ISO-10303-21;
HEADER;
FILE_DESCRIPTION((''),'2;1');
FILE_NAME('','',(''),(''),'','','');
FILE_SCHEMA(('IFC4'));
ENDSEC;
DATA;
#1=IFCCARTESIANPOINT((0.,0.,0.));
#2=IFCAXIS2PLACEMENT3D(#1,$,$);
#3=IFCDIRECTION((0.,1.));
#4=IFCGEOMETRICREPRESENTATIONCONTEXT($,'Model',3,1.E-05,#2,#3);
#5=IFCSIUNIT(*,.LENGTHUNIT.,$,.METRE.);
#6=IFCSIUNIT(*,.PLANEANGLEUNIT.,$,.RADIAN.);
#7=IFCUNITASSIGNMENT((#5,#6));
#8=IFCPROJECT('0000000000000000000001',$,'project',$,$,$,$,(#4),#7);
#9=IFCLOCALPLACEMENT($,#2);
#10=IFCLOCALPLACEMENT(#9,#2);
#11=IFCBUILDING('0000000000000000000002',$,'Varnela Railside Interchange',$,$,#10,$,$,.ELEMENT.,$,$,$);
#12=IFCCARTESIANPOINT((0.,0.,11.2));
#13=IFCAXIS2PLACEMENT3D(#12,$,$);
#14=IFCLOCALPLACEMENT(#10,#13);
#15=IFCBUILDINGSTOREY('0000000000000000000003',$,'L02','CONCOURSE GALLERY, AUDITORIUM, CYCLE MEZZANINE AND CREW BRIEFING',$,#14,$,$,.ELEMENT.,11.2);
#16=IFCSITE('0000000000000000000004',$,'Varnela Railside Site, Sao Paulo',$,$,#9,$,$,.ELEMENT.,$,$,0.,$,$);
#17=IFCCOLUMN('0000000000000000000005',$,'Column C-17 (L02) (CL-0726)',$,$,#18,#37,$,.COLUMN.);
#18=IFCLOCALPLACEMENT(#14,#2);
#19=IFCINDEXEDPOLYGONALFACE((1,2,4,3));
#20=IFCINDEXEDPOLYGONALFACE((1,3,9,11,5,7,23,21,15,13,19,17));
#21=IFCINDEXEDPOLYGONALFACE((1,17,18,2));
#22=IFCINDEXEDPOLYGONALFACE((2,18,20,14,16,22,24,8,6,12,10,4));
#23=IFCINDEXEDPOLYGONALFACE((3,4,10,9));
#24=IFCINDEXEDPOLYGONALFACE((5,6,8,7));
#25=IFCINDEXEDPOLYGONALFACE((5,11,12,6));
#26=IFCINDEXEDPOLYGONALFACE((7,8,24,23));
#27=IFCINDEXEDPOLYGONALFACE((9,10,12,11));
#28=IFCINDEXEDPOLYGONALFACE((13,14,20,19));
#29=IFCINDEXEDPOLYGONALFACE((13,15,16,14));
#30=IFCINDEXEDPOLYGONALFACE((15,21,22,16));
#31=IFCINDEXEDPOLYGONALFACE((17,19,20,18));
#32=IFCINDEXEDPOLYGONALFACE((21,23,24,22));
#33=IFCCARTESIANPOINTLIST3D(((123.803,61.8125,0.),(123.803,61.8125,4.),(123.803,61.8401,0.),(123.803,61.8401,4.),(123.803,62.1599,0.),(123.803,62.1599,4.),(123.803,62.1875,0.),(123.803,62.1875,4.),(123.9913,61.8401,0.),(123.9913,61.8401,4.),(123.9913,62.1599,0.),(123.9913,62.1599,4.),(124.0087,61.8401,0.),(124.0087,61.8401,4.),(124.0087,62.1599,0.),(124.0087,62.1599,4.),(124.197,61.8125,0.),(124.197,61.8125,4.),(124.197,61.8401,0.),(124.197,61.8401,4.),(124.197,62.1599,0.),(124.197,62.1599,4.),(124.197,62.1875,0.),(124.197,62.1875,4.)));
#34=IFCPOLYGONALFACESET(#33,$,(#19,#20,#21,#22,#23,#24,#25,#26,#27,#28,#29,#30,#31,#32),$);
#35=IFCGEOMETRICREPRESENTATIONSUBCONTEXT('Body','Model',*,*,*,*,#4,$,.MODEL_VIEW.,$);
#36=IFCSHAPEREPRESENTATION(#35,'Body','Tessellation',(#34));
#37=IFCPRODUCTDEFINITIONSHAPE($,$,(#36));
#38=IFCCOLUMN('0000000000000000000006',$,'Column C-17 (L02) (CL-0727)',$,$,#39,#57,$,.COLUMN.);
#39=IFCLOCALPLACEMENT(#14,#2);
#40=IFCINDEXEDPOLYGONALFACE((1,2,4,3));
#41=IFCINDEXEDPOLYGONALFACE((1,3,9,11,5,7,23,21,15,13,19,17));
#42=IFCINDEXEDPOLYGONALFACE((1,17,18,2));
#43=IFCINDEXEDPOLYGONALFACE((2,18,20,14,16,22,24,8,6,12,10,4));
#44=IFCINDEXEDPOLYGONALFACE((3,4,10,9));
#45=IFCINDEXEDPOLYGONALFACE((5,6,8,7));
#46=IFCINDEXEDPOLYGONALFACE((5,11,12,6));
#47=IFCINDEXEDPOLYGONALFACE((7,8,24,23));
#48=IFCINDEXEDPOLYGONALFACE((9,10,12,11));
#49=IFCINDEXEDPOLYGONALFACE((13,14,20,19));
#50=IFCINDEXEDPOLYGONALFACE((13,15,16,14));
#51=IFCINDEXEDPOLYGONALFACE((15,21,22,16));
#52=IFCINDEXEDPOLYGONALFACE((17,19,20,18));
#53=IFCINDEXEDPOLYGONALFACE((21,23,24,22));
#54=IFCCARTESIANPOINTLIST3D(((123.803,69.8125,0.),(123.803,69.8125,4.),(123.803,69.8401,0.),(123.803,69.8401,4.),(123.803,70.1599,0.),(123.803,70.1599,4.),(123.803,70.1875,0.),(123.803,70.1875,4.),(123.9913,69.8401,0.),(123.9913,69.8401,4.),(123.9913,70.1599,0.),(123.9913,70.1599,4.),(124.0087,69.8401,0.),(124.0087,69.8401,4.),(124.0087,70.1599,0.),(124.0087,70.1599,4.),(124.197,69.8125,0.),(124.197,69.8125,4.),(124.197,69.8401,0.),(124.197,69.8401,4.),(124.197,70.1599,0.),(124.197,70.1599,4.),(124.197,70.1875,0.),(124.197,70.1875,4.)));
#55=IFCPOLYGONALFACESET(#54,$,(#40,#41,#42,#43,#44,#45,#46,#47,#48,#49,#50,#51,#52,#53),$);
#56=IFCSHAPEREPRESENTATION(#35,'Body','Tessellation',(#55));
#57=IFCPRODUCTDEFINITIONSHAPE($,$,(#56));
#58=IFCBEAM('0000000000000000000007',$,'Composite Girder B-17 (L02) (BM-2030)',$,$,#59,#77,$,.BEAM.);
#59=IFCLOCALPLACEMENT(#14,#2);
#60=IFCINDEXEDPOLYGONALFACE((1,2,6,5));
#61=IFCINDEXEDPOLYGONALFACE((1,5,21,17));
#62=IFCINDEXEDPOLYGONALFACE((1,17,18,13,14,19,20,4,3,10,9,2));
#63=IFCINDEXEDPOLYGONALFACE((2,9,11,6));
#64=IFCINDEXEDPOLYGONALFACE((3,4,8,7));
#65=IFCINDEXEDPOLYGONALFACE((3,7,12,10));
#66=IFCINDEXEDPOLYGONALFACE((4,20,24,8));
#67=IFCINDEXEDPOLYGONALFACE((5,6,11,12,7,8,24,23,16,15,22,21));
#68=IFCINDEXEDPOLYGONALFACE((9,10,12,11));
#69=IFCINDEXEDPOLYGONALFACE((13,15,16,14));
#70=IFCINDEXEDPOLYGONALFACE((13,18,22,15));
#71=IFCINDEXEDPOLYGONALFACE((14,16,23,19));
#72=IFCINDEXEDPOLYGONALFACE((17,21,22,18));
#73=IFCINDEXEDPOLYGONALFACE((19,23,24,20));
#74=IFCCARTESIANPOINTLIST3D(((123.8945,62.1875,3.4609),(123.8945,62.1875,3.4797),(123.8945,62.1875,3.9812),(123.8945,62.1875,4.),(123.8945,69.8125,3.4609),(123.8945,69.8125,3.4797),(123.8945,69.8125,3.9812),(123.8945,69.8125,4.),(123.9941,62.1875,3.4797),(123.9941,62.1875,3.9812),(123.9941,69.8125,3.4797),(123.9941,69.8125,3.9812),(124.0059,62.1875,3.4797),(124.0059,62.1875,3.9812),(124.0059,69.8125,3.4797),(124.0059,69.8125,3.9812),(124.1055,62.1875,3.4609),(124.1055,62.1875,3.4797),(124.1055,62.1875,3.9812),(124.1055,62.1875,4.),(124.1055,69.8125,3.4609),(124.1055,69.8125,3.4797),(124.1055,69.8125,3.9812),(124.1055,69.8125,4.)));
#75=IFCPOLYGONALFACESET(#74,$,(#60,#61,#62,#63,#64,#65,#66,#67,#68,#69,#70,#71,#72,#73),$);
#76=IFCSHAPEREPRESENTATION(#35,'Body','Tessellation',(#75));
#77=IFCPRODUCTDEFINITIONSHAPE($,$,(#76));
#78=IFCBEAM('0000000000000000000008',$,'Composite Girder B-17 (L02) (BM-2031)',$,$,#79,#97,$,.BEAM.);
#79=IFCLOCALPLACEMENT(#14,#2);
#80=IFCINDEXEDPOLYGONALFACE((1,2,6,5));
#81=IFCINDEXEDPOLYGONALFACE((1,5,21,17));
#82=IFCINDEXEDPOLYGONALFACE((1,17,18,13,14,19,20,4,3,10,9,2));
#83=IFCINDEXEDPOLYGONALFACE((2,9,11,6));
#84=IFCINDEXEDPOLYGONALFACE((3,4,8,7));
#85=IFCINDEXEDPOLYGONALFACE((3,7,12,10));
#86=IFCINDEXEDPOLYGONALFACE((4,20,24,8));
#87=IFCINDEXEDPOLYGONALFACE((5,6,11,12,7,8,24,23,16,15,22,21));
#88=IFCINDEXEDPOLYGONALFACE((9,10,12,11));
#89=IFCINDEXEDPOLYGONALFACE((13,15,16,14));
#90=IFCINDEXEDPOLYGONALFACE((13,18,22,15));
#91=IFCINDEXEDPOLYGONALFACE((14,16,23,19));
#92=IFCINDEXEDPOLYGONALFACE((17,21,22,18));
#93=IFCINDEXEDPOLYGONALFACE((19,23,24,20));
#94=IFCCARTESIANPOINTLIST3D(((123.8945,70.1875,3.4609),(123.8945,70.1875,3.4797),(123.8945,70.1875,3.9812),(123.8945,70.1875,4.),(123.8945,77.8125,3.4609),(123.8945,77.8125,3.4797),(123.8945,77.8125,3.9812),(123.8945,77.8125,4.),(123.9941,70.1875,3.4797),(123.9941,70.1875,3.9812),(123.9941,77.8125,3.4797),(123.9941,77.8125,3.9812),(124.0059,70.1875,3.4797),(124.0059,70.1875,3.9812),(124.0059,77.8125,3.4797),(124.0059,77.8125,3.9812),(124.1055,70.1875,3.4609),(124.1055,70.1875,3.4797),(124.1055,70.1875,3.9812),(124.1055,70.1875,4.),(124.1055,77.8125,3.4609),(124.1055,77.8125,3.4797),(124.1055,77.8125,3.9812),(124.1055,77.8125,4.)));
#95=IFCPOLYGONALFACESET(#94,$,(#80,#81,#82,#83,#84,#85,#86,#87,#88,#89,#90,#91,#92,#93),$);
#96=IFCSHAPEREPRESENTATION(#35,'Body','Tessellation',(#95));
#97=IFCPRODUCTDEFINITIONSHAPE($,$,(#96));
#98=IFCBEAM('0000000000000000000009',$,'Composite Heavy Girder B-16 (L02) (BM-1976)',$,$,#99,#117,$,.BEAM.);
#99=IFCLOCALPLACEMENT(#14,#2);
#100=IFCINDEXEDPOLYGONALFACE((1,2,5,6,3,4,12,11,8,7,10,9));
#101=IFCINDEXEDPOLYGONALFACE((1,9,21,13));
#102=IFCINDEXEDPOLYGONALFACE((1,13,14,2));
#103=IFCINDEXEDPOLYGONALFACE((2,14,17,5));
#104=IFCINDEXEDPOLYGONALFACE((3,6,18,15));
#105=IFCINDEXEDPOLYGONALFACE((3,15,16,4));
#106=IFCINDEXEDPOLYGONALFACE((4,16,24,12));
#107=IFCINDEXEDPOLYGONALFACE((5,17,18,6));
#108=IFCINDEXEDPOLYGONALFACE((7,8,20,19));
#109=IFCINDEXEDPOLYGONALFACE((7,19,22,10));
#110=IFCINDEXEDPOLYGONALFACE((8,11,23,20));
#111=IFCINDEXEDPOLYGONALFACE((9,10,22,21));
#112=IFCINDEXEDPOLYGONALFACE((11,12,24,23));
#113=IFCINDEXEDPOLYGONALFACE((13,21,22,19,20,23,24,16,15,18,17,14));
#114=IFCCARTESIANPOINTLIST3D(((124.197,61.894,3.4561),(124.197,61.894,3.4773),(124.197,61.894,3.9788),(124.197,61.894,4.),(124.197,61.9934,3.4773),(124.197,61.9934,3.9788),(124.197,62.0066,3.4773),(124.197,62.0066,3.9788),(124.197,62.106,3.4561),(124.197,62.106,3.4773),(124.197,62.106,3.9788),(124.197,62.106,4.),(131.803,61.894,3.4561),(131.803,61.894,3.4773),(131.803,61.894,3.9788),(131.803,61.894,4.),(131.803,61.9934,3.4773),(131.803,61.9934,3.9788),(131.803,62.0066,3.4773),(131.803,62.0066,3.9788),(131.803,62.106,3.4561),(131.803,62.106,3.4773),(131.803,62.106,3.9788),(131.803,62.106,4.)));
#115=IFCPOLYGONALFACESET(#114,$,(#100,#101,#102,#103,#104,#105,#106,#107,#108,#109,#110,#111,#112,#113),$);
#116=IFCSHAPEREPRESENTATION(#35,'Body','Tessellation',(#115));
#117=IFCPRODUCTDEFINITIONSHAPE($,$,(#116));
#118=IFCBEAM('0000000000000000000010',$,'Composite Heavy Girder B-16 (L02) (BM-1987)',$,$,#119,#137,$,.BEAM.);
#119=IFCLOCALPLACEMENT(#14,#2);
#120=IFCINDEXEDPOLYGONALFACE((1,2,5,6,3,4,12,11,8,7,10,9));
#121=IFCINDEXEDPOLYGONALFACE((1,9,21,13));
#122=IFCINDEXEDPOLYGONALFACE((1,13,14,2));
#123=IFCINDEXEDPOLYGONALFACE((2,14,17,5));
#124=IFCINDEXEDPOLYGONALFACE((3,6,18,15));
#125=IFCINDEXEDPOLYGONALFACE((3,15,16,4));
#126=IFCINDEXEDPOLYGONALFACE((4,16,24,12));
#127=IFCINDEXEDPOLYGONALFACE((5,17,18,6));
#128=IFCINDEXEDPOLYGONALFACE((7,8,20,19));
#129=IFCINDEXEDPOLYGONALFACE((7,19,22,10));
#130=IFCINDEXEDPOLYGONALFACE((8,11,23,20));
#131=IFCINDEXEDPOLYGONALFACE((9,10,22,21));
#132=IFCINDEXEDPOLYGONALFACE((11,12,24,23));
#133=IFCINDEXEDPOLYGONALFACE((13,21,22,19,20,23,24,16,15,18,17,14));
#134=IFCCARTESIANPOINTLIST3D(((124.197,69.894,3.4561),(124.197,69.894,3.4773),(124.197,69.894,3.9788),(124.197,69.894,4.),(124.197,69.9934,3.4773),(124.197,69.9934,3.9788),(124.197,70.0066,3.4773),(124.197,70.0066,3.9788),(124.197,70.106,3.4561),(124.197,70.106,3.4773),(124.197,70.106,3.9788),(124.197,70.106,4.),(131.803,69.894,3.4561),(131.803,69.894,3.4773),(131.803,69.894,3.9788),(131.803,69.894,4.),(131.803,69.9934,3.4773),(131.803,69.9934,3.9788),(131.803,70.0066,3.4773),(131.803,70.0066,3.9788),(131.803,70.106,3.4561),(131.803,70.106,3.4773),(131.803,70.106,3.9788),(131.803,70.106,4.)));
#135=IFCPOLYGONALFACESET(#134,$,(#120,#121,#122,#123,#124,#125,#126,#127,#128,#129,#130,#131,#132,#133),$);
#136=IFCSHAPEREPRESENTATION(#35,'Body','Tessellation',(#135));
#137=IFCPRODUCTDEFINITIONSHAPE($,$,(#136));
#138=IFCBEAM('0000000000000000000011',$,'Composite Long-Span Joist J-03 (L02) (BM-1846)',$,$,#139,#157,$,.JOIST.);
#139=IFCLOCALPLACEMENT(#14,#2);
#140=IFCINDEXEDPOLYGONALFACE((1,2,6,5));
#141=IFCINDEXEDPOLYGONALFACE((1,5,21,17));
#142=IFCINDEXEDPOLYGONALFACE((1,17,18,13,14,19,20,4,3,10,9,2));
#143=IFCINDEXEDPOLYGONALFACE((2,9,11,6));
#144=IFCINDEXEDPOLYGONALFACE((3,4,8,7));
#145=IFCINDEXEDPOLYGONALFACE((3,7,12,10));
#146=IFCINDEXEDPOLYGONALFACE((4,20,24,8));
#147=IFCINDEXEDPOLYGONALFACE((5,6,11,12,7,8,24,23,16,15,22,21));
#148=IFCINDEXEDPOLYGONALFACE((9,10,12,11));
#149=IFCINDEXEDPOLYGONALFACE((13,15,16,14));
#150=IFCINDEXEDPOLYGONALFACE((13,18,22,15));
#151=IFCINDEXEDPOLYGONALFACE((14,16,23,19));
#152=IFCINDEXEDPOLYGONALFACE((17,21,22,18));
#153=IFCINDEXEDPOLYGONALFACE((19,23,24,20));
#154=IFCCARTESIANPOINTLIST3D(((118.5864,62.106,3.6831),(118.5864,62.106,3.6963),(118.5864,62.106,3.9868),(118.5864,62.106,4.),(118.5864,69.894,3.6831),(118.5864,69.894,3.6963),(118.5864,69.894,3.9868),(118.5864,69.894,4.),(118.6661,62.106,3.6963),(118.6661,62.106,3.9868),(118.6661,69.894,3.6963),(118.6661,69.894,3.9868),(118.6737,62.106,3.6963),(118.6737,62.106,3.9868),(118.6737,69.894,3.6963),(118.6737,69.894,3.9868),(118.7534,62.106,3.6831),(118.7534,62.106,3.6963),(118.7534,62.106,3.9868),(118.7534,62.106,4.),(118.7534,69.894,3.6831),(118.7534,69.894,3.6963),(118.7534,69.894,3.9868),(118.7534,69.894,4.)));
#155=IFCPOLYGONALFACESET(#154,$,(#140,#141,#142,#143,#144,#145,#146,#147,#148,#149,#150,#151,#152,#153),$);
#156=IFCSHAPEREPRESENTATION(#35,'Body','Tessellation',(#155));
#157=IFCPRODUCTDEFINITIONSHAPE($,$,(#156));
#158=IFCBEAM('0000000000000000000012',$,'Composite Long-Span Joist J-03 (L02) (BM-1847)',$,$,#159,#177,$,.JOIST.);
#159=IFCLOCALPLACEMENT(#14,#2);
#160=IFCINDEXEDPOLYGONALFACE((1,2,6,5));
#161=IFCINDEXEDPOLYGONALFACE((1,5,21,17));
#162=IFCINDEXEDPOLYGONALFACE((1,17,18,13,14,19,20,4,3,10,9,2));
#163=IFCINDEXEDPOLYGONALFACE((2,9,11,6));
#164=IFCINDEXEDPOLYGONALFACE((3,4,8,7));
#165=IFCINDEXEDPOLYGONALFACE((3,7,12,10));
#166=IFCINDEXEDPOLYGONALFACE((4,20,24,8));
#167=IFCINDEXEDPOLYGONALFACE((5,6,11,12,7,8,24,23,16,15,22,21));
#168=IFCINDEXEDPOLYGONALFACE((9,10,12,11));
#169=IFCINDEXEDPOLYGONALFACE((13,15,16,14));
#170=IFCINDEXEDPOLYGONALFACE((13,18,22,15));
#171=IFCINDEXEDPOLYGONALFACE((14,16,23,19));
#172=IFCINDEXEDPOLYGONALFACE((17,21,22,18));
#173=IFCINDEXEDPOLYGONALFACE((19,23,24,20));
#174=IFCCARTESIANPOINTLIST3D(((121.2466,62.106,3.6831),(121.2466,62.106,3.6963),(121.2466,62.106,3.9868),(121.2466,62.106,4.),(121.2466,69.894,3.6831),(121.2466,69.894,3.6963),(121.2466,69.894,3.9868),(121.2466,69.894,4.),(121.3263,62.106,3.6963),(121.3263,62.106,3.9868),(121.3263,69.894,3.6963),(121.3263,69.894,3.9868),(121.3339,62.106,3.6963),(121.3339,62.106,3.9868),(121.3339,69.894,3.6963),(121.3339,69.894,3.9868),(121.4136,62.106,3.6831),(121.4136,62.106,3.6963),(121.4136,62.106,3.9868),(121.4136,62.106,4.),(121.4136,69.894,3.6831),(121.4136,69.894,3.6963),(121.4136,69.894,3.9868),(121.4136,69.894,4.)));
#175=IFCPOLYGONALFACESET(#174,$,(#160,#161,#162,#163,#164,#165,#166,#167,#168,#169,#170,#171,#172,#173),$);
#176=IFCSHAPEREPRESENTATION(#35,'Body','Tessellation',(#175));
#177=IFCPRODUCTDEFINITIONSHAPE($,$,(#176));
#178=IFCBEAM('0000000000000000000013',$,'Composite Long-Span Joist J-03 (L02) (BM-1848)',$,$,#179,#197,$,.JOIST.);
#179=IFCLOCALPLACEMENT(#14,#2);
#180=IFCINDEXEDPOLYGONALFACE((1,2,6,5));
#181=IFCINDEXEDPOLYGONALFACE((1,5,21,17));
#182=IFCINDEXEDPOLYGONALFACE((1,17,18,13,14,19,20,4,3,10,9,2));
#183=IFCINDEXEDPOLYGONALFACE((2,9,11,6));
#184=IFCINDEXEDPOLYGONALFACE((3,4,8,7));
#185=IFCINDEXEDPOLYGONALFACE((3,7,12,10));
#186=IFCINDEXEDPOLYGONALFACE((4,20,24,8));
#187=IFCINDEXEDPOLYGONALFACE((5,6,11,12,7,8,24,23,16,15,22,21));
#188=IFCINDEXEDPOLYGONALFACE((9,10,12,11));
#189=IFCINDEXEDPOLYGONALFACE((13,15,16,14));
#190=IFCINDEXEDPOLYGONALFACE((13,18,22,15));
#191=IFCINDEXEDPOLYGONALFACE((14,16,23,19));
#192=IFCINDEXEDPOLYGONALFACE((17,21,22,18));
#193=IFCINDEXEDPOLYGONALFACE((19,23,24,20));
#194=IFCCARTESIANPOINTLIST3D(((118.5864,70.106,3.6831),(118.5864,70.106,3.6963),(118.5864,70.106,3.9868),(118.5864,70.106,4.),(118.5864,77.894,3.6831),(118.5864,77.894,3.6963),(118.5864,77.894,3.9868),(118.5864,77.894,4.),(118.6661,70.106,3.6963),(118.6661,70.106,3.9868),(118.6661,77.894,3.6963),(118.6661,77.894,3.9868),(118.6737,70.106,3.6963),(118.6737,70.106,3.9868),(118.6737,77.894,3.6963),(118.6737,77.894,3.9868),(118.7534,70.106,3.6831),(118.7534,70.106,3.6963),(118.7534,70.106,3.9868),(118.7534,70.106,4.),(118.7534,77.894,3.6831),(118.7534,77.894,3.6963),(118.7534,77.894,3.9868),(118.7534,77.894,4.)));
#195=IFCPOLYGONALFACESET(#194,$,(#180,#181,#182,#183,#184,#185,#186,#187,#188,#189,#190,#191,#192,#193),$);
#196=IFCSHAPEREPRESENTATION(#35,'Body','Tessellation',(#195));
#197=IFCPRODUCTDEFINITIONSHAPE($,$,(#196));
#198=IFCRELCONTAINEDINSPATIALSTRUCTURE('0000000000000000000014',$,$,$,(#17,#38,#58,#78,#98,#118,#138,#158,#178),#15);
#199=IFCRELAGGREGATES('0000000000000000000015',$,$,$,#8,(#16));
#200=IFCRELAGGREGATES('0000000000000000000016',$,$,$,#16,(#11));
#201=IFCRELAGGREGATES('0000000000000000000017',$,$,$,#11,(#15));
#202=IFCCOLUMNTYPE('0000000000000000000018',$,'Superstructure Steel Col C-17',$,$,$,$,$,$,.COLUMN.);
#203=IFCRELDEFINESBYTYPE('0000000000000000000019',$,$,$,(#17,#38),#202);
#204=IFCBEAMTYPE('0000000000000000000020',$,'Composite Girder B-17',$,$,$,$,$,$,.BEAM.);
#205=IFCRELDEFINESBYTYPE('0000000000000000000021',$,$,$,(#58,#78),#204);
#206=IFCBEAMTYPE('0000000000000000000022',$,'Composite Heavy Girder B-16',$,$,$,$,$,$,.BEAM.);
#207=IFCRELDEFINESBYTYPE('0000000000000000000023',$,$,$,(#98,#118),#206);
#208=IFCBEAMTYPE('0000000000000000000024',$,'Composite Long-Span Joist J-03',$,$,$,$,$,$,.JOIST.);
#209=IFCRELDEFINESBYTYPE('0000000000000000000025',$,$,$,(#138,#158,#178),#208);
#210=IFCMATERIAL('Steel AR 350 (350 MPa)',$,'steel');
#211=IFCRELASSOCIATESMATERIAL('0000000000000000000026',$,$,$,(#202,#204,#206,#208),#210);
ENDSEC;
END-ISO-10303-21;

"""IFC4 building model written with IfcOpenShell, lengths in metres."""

from ifc_helpers import new_model, si_unit, direction, frame, origin, origin_2d, place, context, subcontext, project, spatial, i_section, extrude, material, material_profile, profile_set, type_object, element, save


model = new_model("IFC4")

# Units and contexts
model_context = context("Model", 3, precision=1e-05, world=origin(), true_north=direction((0.0, 1.0)))
body_context = subcontext(model_context, "Body", "Model", "MODEL_VIEW")
ifc_project = project(units=[si_unit("LENGTHUNIT", "METRE"), si_unit("PLANEANGLEUNIT", "RADIAN")], contexts=[model_context])

# Site, building, storey
site_placement = place(None, origin())
site = spatial("IfcSite", under=ifc_project, at=site_placement, Name="Varnela Railside Site, Sao Paulo", CompositionType="ELEMENT", RefElevation=0.0)
building_placement = place(site_placement, origin())
building = spatial("IfcBuilding", under=site, at=building_placement, Name="Varnela Railside Interchange", CompositionType="ELEMENT")
storey_placement = place(building_placement, frame((0.0, 0.0, 11.2)))
storey = spatial("IfcBuildingStorey", under=building, at=storey_placement, Name="L02", Description="CONCOURSE GALLERY, AUDITORIUM, CYCLE MEZZANINE AND CREW BRIEFING", CompositionType="ELEMENT", Elevation=11.2)

# Columns
ifc_material_1 = material(Name="Steel AR 350 (350 MPa)", Category="steel")
ifc_material_profile_1 = material_profile(ifc_material_1, i_section(OverallWidth=0.394, OverallDepth=0.375, WebThickness=0.0173, FlangeThickness=0.0276, at=origin_2d()), Name="W360x216")
ifc_profile_set_1 = profile_set([ifc_material_profile_1], Name="Steel AR 350 (350 MPa)")
column_type = type_object("IfcColumnType", Name="Superstructure Steel Col C-17", PredefinedType="COLUMN", material=ifc_profile_set_1)
for number, where, z_axis, x_axis, name in (
    (1, (124.0, 62.0, 0.0), (0.0, 0.0, 1.0), (1.0, 0.0, 0.0), "Column C-17 (L02) (CL-0726)"),
    (2, (124.0, 70.0, 0.0), (0.0, 0.0, 1.0), (1.0, 0.0, 0.0), "Column C-17 (L02) (CL-0727)"),
):
    element("IfcColumn", number, at=place(storey_placement, frame(where, z_axis=z_axis, x_axis=x_axis)), inside=storey, type_object=column_type, Name=name, PredefinedType="COLUMN", context=body_context, shape_type="SweptSolid", body=[
        extrude(i_section(OverallWidth=0.394, OverallDepth=0.375, WebThickness=0.0173, FlangeThickness=0.0276, at=origin_2d()), origin(), (0.0, 0.0, 1.0), 4.0),
    ])

# Beams
ifc_material_profile_2 = material_profile(ifc_material_1, i_section(OverallWidth=0.2109, OverallDepth=0.5391, WebThickness=0.0117, FlangeThickness=0.0188, at=origin_2d()), Name="W530x109")
ifc_profile_set_2 = profile_set([ifc_material_profile_2], Name="Steel AR 350 (350 MPa)")
beam_type_1 = type_object("IfcBeamType", Name="Composite Girder B-17", PredefinedType="BEAM", material=ifc_profile_set_2)
for number, where, z_axis, x_axis, name in (
    (3, (124.0, 62.1875, 3.7305), (0.0, 1.0, 0.0), (-1.0, 0.0, 0.0), "Composite Girder B-17 (L02) (BM-2030)"),
    (4, (124.0, 70.1875, 3.7305), (0.0, 1.0, 0.0), (-1.0, 0.0, 0.0), "Composite Girder B-17 (L02) (BM-2031)"),
):
    element("IfcBeam", number, at=place(storey_placement, frame(where, z_axis=z_axis, x_axis=x_axis)), inside=storey, type_object=beam_type_1, Name=name, PredefinedType="BEAM", context=body_context, shape_type="SweptSolid", body=[
        extrude(i_section(OverallWidth=0.2109, OverallDepth=0.5391, WebThickness=0.0117, FlangeThickness=0.0188, at=origin_2d()), origin(), (0.0, 0.0, 1.0), 7.625),
    ])
ifc_material_profile_3 = material_profile(ifc_material_1, i_section(OverallWidth=0.2119, OverallDepth=0.5439, WebThickness=0.0132, FlangeThickness=0.0212, at=origin_2d()), Name="W530x123")
ifc_profile_set_3 = profile_set([ifc_material_profile_3], Name="Steel AR 350 (350 MPa)")
beam_type_2 = type_object("IfcBeamType", Name="Composite Heavy Girder B-16", PredefinedType="BEAM", material=ifc_profile_set_3)
for number, where, z_axis, x_axis, name in (
    (5, (124.197, 62.0, 3.728), (1.0, 0.0, 0.0), (0.0, 1.0, 0.0), "Composite Heavy Girder B-16 (L02) (BM-1976)"),
    (6, (124.197, 70.0, 3.728), (1.0, 0.0, 0.0), (0.0, 1.0, 0.0), "Composite Heavy Girder B-16 (L02) (BM-1987)"),
):
    element("IfcBeam", number, at=place(storey_placement, frame(where, z_axis=z_axis, x_axis=x_axis)), inside=storey, type_object=beam_type_2, Name=name, PredefinedType="BEAM", context=body_context, shape_type="SweptSolid", body=[
        extrude(i_section(OverallWidth=0.2119, OverallDepth=0.5439, WebThickness=0.0132, FlangeThickness=0.0212, at=origin_2d()), origin(), (0.0, 0.0, 1.0), 7.606),
    ])
ifc_material_profile_4 = material_profile(ifc_material_1, i_section(OverallWidth=0.167, OverallDepth=0.3169, WebThickness=0.0076, FlangeThickness=0.0132, at=origin_2d()), Name="W310x52")
ifc_profile_set_4 = profile_set([ifc_material_profile_4], Name="Steel AR 350 (350 MPa)")
beam_type_3 = type_object("IfcBeamType", Name="Composite Long-Span Joist J-03", PredefinedType="JOIST", material=ifc_profile_set_4)
for number, where, z_axis, x_axis, name in (
    (7, (118.6699, 62.106, 3.8416), (0.0, 1.0, 0.0), (-1.0, 0.0, 0.0), "Composite Long-Span Joist J-03 (L02) (BM-1846)"),
    (8, (121.3301, 62.106, 3.8416), (0.0, 1.0, 0.0), (-1.0, 0.0, 0.0), "Composite Long-Span Joist J-03 (L02) (BM-1847)"),
    (9, (118.6699, 70.106, 3.8416), (0.0, 1.0, 0.0), (-1.0, 0.0, 0.0), "Composite Long-Span Joist J-03 (L02) (BM-1848)"),
):
    element("IfcBeam", number, at=place(storey_placement, frame(where, z_axis=z_axis, x_axis=x_axis)), inside=storey, type_object=beam_type_3, Name=name, PredefinedType="JOIST", context=body_context, shape_type="SweptSolid", body=[
        extrude(i_section(OverallWidth=0.167, OverallDepth=0.3169, WebThickness=0.0076, FlangeThickness=0.0132, at=origin_2d()), origin(), (0.0, 0.0, 1.0), 7.7881),
    ])

save(model, "model.ifc")
